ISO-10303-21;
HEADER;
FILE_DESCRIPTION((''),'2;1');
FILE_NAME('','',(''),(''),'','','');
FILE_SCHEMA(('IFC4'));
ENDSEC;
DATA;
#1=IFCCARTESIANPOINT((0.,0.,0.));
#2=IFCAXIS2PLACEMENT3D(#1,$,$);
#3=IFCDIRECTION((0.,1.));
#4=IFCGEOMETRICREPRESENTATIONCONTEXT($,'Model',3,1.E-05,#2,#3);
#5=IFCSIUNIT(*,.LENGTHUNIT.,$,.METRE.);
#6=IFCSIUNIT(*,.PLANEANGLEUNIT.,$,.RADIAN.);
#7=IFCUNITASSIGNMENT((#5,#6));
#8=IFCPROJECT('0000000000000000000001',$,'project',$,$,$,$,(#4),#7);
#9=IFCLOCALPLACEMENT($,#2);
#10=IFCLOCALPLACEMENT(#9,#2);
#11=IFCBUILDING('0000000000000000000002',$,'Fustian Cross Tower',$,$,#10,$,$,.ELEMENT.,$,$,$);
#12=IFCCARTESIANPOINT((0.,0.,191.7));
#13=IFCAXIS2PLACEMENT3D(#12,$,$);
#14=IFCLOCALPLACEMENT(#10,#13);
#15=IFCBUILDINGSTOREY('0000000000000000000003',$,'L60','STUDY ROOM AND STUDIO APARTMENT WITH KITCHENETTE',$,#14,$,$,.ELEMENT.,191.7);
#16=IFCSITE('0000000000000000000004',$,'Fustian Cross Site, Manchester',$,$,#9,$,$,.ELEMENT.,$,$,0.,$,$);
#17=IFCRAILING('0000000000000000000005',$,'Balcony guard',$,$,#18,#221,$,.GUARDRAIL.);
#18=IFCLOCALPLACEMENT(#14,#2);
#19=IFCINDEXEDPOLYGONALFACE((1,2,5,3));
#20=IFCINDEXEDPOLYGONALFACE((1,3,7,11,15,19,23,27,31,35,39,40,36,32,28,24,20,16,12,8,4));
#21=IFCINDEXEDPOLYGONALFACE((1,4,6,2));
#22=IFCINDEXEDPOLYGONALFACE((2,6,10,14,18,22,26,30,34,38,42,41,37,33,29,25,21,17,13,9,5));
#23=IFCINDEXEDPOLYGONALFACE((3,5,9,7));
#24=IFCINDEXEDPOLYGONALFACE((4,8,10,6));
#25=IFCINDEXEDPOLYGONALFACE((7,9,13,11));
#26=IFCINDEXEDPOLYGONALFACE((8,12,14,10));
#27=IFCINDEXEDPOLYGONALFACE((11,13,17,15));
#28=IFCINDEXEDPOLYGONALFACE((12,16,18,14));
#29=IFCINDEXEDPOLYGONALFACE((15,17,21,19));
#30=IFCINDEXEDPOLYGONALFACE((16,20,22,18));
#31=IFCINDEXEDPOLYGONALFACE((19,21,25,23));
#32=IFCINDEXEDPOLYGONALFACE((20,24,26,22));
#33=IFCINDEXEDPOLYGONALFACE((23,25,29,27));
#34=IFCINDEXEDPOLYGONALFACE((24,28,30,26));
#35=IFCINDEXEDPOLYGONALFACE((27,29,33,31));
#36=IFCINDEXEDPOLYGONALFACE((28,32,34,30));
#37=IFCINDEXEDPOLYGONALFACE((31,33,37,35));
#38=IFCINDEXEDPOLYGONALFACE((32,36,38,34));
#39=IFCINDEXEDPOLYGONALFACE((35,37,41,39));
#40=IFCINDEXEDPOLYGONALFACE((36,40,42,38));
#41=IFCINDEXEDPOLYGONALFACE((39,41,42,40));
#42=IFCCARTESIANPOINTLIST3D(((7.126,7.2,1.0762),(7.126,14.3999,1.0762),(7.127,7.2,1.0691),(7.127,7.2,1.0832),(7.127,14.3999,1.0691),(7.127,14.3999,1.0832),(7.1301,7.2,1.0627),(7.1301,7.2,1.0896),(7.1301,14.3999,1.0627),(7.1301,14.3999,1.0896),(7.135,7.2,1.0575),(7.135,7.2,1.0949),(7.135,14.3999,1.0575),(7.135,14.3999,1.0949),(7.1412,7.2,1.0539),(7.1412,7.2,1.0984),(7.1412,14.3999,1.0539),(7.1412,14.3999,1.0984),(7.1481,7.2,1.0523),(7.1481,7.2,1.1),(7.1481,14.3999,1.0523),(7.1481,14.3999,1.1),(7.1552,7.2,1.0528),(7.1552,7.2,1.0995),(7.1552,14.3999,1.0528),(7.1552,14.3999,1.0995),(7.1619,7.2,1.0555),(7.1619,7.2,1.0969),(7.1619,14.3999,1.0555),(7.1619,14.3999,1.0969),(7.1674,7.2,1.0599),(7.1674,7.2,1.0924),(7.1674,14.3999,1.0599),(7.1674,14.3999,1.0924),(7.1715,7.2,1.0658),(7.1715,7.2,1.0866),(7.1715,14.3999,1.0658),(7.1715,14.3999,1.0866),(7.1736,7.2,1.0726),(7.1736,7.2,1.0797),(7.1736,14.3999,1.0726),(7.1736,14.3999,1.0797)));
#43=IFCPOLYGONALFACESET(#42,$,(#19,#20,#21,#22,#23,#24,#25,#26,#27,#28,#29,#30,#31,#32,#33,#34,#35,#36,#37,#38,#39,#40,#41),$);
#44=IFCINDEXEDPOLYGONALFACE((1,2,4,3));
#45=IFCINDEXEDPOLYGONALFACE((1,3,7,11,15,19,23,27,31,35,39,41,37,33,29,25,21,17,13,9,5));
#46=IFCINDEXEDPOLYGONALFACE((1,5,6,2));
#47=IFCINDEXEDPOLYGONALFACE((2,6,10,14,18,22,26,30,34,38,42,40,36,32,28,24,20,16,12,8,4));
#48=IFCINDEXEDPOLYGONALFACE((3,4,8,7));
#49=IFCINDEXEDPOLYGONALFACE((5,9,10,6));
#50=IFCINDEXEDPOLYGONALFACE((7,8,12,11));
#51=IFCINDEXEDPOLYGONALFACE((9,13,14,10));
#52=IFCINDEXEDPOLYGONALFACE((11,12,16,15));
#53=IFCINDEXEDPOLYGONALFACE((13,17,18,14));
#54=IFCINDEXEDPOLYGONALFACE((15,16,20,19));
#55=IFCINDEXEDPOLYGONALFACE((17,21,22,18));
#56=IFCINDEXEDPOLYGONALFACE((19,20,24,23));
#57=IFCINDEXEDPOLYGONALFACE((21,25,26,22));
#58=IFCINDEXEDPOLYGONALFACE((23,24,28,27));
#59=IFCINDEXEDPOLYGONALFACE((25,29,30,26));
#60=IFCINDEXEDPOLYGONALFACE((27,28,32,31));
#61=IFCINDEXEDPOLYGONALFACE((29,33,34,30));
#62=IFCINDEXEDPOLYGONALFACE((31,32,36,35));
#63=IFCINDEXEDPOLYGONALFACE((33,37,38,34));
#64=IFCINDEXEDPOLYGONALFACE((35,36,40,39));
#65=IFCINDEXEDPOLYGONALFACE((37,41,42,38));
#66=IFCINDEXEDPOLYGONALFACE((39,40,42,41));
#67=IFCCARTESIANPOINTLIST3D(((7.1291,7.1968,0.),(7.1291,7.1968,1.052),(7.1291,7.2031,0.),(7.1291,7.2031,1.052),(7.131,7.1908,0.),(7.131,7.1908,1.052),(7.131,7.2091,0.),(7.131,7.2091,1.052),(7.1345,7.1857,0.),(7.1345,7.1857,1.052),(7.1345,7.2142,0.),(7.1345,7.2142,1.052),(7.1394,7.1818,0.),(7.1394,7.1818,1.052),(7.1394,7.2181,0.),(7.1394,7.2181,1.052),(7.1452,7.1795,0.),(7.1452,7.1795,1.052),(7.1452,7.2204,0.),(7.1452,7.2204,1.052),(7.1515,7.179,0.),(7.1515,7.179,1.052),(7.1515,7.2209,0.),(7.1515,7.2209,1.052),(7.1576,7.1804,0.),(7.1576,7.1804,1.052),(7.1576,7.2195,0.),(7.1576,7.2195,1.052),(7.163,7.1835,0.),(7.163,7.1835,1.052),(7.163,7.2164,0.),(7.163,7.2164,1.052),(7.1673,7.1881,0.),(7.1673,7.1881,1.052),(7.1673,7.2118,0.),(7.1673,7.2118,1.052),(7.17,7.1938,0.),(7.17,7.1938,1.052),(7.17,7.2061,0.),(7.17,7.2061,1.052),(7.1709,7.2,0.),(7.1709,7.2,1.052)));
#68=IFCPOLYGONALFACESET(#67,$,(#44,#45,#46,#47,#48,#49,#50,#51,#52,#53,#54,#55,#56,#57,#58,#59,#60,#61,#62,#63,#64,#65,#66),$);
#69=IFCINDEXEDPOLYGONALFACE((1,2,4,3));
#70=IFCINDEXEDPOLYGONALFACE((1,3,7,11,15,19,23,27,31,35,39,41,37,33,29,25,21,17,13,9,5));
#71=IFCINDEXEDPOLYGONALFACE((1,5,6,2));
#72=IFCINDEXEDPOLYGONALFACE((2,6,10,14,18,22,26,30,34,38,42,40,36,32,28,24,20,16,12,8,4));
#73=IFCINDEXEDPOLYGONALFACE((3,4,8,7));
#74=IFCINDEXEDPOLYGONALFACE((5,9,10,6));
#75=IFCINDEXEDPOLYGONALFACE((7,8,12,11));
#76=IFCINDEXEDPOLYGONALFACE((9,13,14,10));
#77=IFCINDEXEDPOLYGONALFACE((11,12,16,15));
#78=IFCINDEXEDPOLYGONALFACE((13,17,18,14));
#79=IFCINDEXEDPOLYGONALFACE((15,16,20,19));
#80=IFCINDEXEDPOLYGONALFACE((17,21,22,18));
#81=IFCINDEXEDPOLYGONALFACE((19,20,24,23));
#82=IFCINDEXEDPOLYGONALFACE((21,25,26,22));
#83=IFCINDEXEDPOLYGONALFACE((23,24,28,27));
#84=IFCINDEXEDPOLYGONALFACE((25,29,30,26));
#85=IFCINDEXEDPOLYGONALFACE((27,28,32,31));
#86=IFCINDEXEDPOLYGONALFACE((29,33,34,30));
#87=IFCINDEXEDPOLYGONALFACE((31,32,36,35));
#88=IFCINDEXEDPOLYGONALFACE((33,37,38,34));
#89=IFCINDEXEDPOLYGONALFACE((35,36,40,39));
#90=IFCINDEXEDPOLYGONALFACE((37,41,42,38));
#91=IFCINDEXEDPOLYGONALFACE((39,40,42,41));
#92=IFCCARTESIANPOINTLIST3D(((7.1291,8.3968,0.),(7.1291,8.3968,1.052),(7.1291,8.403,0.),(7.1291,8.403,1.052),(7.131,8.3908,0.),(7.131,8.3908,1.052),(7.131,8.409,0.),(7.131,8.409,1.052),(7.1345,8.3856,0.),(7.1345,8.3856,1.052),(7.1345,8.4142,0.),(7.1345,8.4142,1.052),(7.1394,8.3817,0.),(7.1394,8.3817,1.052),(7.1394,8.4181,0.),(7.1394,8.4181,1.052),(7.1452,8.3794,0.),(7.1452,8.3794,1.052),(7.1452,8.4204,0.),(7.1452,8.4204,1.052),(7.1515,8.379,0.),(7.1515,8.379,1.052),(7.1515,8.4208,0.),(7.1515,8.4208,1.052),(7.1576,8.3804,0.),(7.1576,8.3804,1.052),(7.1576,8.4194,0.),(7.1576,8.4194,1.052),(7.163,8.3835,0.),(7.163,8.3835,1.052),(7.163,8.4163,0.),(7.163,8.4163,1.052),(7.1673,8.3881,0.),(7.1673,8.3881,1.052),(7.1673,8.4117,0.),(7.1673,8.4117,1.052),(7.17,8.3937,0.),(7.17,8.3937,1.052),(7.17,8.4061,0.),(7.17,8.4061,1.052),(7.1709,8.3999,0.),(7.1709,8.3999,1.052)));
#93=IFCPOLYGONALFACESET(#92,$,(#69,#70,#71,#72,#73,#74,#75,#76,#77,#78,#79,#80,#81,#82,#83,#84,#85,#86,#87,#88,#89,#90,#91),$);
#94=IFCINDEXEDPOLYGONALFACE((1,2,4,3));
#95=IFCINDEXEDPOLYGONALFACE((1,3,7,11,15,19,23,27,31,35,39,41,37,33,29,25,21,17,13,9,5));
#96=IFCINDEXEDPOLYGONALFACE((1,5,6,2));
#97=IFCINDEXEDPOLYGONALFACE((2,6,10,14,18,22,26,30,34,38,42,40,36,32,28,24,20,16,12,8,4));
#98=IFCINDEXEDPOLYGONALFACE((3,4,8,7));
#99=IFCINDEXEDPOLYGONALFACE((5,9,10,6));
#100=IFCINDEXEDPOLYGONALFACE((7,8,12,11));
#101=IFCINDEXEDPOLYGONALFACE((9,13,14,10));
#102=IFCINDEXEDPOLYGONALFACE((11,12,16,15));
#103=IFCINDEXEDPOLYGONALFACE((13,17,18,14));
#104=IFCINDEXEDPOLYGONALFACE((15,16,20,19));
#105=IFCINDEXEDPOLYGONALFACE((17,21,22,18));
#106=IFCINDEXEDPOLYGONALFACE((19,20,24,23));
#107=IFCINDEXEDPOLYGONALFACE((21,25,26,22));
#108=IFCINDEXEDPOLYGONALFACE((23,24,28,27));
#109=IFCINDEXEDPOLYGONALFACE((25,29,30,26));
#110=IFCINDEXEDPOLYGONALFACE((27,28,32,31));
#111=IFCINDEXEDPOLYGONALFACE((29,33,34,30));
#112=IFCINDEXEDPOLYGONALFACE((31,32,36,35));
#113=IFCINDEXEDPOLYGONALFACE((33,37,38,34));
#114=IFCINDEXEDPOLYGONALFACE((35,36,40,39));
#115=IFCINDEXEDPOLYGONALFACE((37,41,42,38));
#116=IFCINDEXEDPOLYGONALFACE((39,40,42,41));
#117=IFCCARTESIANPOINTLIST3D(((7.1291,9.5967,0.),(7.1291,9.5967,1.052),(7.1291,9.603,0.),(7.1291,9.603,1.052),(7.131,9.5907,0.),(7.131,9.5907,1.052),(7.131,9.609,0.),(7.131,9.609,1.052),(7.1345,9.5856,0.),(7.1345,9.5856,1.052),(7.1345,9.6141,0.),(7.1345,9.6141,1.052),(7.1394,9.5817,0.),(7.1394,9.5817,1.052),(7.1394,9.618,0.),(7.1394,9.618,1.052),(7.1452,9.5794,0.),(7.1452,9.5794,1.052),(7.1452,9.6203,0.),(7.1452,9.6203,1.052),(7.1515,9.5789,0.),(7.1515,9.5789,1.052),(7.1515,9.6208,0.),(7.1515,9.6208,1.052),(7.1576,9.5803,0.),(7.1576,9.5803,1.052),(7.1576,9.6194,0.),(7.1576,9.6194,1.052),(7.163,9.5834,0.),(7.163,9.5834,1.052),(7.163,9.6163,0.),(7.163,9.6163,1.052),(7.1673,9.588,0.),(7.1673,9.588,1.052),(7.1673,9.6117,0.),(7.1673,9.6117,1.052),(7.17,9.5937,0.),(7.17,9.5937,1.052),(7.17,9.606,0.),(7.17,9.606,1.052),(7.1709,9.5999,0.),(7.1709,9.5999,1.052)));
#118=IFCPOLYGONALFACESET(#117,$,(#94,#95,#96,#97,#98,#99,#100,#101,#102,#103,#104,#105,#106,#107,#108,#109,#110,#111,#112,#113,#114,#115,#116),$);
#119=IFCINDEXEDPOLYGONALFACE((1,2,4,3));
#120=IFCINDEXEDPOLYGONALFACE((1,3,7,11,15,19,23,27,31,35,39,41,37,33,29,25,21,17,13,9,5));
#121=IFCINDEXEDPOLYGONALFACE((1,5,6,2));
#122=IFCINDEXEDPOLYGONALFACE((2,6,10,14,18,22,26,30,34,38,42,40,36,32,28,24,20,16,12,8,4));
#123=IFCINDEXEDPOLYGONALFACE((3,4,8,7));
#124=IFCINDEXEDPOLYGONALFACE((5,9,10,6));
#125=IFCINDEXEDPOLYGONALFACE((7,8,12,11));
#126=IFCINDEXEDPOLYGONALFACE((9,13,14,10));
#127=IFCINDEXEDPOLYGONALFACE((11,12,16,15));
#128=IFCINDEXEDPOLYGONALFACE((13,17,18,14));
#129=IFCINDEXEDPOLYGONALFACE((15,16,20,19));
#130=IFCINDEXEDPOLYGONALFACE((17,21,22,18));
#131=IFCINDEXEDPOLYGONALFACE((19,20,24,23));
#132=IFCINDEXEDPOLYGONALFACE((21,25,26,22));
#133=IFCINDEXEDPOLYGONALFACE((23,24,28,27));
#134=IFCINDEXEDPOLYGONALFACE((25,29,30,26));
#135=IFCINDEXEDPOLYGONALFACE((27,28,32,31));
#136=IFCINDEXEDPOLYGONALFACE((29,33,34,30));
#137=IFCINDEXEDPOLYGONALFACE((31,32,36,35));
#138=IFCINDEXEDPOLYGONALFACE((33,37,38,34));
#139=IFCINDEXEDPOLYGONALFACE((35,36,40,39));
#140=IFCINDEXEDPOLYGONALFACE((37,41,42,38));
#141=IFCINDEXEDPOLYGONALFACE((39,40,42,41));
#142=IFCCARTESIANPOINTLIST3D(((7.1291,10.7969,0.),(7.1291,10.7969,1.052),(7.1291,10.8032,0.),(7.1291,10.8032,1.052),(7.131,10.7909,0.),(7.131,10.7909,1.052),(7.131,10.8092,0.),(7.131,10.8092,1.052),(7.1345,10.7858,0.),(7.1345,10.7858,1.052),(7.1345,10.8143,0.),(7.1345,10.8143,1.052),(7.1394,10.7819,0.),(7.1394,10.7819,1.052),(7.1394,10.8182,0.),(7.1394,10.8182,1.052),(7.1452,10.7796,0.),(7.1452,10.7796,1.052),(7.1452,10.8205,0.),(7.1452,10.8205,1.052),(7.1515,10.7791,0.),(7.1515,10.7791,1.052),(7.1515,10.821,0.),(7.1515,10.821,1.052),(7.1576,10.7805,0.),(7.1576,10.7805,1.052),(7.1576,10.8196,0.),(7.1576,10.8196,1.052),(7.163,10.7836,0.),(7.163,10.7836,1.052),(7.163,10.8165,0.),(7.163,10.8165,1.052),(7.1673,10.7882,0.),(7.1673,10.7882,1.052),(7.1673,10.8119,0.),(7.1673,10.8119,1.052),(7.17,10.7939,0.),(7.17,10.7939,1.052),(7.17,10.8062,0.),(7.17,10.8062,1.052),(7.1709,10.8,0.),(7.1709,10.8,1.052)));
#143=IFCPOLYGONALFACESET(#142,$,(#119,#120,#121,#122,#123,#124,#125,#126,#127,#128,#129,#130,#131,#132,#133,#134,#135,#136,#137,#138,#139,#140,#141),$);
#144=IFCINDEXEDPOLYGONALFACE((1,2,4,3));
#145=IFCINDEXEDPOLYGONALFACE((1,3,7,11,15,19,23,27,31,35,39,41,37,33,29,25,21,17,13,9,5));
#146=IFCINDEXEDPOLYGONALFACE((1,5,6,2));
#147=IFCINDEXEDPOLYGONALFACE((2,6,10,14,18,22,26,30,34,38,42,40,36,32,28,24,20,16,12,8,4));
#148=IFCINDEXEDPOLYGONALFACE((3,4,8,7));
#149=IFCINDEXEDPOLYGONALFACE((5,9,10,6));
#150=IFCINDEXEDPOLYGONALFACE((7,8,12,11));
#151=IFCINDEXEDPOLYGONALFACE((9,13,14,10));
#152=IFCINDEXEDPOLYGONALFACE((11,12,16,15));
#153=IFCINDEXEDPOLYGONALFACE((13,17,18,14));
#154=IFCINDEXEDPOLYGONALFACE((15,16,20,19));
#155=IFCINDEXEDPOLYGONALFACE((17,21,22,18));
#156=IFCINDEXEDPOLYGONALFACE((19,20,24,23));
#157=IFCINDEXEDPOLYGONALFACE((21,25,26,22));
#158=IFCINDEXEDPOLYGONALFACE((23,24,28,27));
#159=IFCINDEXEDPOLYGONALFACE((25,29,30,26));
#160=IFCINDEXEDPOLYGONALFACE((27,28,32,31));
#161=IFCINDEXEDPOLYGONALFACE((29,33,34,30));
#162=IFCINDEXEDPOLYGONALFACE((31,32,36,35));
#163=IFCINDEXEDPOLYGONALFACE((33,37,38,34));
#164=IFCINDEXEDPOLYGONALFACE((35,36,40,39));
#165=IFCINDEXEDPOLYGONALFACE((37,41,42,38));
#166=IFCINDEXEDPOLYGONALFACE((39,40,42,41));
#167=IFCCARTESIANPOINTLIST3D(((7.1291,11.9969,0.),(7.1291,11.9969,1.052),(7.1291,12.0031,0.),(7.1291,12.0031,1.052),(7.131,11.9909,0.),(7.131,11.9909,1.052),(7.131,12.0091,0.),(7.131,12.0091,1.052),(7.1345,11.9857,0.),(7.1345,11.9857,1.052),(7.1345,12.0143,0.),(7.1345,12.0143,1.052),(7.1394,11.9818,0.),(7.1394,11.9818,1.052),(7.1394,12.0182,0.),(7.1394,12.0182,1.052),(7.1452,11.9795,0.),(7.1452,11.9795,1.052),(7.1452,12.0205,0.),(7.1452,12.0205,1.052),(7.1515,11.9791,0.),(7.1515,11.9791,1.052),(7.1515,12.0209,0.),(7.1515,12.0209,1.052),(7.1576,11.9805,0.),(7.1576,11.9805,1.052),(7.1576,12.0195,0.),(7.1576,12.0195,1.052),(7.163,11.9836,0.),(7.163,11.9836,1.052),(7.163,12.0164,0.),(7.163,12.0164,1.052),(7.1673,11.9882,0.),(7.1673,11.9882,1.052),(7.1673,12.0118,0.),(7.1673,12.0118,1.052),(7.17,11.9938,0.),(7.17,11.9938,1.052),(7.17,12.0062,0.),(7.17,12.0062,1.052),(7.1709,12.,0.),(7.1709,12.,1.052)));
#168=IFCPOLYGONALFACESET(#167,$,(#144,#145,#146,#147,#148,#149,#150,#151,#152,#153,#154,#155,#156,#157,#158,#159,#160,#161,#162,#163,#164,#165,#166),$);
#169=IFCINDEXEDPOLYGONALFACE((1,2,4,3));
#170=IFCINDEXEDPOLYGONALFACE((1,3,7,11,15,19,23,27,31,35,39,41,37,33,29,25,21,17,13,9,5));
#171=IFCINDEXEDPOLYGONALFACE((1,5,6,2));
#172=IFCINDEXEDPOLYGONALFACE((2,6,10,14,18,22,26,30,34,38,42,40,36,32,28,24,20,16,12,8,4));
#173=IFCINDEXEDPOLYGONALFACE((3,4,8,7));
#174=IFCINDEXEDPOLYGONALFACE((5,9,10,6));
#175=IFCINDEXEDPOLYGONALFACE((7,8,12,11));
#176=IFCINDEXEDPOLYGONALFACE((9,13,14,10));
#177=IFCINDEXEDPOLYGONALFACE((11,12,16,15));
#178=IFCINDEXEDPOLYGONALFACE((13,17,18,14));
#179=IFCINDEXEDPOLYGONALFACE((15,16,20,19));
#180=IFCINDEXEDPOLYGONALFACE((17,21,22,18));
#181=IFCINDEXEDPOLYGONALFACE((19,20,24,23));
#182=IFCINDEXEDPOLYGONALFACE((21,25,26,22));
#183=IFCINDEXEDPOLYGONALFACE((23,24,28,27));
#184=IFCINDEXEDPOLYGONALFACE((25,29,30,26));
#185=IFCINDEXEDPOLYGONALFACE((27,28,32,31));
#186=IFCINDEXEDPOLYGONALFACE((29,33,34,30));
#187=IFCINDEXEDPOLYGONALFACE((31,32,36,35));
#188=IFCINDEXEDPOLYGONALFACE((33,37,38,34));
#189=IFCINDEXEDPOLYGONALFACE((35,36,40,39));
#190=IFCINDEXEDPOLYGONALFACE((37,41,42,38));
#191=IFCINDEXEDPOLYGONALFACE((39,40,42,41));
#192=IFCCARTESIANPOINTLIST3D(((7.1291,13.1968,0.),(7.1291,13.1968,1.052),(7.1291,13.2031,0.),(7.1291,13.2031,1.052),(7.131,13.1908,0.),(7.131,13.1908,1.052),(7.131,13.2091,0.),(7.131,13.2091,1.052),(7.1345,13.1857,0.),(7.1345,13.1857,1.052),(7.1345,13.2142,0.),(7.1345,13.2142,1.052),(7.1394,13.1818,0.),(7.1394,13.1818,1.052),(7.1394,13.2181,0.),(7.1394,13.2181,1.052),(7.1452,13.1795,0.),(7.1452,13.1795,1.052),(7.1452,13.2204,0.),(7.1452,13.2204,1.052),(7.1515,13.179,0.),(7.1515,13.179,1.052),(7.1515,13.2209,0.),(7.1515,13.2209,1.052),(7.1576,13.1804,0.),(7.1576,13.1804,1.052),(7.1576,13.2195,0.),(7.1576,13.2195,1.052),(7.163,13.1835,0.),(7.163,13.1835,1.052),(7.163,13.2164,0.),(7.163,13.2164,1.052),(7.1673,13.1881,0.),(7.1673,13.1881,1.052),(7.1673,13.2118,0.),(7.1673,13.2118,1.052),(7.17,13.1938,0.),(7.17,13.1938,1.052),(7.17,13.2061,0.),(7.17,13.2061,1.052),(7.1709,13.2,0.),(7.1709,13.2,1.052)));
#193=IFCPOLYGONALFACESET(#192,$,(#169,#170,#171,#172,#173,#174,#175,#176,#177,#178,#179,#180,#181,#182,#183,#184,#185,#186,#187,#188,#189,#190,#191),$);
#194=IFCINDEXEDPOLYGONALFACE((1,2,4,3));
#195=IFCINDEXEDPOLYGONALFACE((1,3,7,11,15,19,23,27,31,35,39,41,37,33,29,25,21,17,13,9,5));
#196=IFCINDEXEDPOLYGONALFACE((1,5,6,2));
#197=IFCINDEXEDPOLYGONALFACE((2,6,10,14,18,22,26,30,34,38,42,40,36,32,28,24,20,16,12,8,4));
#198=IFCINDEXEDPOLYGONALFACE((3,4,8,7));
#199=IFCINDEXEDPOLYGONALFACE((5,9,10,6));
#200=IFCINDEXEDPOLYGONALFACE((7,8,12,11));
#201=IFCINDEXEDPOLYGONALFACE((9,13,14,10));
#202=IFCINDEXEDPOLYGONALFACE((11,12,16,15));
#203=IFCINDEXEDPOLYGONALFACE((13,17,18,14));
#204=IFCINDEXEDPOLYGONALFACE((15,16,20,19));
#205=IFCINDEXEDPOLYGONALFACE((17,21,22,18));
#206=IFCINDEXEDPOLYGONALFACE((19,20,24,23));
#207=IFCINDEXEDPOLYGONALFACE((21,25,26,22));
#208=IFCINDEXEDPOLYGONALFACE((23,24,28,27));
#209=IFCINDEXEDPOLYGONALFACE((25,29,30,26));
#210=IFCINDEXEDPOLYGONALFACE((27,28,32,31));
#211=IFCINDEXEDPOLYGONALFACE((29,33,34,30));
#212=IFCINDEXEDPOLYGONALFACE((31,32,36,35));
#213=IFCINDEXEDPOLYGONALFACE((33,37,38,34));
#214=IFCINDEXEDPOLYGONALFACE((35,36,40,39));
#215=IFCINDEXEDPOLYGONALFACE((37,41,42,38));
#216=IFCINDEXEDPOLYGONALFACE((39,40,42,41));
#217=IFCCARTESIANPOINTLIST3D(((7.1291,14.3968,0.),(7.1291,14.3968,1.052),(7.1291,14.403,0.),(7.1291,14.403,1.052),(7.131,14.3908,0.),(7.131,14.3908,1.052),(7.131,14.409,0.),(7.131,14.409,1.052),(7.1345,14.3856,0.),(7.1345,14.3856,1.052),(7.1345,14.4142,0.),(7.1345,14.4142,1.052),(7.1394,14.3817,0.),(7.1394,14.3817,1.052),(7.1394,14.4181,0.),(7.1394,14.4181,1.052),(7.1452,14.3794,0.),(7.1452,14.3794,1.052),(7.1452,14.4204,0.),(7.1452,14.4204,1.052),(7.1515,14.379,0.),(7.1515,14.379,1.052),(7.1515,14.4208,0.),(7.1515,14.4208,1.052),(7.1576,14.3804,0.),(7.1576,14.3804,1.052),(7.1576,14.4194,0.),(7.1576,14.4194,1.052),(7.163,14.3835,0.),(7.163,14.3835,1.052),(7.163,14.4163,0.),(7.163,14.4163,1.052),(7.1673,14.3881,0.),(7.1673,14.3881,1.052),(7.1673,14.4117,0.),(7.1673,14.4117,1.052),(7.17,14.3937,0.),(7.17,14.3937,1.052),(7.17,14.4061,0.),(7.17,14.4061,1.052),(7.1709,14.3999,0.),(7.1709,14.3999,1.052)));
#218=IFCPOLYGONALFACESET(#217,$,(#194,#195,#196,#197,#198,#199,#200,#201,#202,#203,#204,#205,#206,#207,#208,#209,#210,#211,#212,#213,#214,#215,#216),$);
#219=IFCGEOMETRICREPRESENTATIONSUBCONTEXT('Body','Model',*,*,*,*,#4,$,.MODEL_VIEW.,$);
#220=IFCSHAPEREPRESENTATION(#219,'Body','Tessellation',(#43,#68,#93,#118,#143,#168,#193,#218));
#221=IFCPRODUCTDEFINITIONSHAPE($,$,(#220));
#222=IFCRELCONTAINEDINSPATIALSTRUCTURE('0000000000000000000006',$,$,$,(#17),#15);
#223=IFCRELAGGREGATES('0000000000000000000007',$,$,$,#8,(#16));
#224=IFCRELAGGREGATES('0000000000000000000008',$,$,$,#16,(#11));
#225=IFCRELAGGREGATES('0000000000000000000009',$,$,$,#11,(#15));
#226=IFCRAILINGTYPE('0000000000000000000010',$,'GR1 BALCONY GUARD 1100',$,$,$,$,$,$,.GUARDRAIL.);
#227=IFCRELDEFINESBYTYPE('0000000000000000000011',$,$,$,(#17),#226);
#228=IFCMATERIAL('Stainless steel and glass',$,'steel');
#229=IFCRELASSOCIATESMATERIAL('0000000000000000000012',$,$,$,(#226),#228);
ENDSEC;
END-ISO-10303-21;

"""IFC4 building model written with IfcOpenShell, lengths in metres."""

from ifc_helpers import new_model, si_unit, direction, frame, origin, origin_2d, place, context, subcontext, project, spatial, circle, extrude, material, type_object, element, save


model = new_model("IFC4")

# Units and contexts
model_context = context("Model", 3, precision=1e-05, world=origin(), true_north=direction((0.0, 1.0)))
body_context = subcontext(model_context, "Body", "Model", "MODEL_VIEW")
ifc_project = project(units=[si_unit("LENGTHUNIT", "METRE"), si_unit("PLANEANGLEUNIT", "RADIAN")], contexts=[model_context])

# Site, building, storey
site_placement = place(None, origin())
site = spatial("IfcSite", under=ifc_project, at=site_placement, Name="Fustian Cross Site, Manchester", CompositionType="ELEMENT", RefElevation=0.0)
building_placement = place(site_placement, origin())
building = spatial("IfcBuilding", under=site, at=building_placement, Name="Fustian Cross Tower", CompositionType="ELEMENT")
storey_placement = place(building_placement, frame((0.0, 0.0, 191.7)))
storey = spatial("IfcBuildingStorey", under=building, at=storey_placement, Name="L60", Description="STUDY ROOM AND STUDIO APARTMENT WITH KITCHENETTE", CompositionType="ELEMENT", Elevation=191.7)

# Railing
ifc_material_1 = material(Name="Stainless steel and glass", Category="steel")
railing_type = type_object("IfcRailingType", Name="GR1 BALCONY GUARD 1100", PredefinedType="GUARDRAIL", material=ifc_material_1)
railing_placement = place(storey_placement, frame((7.1499, 7.2, 0.0)))
element("IfcRailing", 1, at=railing_placement, inside=storey, type_object=railing_type, Name="Balcony guard", PredefinedType="GUARDRAIL", context=body_context, shape_type="SweptSolid", body=[
    extrude(circle(Radius=0.0239, at=origin_2d()), frame((0.0, 0.0, 1.0762), z_axis=(0.0, 1.0, 0.0), x_axis=(-1.0, 0.0, 0.0)), (0.0, 0.0, 1.0), 7.2),
    extrude(circle(Radius=0.021, at=origin_2d()), origin(), (0.0, 0.0, 1.0), 1.052),
    extrude(circle(Radius=0.021, at=origin_2d()), frame((0.0, 1.2, 0.0)), (0.0, 0.0, 1.0), 1.052),
    extrude(circle(Radius=0.021, at=origin_2d()), frame((0.0, 2.3999, 0.0)), (0.0, 0.0, 1.0), 1.052),
    extrude(circle(Radius=0.021, at=origin_2d()), frame((0.0, 3.6001, 0.0)), (0.0, 0.0, 1.0), 1.052),
    extrude(circle(Radius=0.021, at=origin_2d()), frame((0.0, 4.8, 0.0)), (0.0, 0.0, 1.0), 1.052),
    extrude(circle(Radius=0.021, at=origin_2d()), frame((0.0, 6.0, 0.0)), (0.0, 0.0, 1.0), 1.052),
    extrude(circle(Radius=0.021, at=origin_2d()), frame((0.0, 7.2, 0.0)), (0.0, 0.0, 1.0), 1.052),
])

save(model, "model.ifc")
